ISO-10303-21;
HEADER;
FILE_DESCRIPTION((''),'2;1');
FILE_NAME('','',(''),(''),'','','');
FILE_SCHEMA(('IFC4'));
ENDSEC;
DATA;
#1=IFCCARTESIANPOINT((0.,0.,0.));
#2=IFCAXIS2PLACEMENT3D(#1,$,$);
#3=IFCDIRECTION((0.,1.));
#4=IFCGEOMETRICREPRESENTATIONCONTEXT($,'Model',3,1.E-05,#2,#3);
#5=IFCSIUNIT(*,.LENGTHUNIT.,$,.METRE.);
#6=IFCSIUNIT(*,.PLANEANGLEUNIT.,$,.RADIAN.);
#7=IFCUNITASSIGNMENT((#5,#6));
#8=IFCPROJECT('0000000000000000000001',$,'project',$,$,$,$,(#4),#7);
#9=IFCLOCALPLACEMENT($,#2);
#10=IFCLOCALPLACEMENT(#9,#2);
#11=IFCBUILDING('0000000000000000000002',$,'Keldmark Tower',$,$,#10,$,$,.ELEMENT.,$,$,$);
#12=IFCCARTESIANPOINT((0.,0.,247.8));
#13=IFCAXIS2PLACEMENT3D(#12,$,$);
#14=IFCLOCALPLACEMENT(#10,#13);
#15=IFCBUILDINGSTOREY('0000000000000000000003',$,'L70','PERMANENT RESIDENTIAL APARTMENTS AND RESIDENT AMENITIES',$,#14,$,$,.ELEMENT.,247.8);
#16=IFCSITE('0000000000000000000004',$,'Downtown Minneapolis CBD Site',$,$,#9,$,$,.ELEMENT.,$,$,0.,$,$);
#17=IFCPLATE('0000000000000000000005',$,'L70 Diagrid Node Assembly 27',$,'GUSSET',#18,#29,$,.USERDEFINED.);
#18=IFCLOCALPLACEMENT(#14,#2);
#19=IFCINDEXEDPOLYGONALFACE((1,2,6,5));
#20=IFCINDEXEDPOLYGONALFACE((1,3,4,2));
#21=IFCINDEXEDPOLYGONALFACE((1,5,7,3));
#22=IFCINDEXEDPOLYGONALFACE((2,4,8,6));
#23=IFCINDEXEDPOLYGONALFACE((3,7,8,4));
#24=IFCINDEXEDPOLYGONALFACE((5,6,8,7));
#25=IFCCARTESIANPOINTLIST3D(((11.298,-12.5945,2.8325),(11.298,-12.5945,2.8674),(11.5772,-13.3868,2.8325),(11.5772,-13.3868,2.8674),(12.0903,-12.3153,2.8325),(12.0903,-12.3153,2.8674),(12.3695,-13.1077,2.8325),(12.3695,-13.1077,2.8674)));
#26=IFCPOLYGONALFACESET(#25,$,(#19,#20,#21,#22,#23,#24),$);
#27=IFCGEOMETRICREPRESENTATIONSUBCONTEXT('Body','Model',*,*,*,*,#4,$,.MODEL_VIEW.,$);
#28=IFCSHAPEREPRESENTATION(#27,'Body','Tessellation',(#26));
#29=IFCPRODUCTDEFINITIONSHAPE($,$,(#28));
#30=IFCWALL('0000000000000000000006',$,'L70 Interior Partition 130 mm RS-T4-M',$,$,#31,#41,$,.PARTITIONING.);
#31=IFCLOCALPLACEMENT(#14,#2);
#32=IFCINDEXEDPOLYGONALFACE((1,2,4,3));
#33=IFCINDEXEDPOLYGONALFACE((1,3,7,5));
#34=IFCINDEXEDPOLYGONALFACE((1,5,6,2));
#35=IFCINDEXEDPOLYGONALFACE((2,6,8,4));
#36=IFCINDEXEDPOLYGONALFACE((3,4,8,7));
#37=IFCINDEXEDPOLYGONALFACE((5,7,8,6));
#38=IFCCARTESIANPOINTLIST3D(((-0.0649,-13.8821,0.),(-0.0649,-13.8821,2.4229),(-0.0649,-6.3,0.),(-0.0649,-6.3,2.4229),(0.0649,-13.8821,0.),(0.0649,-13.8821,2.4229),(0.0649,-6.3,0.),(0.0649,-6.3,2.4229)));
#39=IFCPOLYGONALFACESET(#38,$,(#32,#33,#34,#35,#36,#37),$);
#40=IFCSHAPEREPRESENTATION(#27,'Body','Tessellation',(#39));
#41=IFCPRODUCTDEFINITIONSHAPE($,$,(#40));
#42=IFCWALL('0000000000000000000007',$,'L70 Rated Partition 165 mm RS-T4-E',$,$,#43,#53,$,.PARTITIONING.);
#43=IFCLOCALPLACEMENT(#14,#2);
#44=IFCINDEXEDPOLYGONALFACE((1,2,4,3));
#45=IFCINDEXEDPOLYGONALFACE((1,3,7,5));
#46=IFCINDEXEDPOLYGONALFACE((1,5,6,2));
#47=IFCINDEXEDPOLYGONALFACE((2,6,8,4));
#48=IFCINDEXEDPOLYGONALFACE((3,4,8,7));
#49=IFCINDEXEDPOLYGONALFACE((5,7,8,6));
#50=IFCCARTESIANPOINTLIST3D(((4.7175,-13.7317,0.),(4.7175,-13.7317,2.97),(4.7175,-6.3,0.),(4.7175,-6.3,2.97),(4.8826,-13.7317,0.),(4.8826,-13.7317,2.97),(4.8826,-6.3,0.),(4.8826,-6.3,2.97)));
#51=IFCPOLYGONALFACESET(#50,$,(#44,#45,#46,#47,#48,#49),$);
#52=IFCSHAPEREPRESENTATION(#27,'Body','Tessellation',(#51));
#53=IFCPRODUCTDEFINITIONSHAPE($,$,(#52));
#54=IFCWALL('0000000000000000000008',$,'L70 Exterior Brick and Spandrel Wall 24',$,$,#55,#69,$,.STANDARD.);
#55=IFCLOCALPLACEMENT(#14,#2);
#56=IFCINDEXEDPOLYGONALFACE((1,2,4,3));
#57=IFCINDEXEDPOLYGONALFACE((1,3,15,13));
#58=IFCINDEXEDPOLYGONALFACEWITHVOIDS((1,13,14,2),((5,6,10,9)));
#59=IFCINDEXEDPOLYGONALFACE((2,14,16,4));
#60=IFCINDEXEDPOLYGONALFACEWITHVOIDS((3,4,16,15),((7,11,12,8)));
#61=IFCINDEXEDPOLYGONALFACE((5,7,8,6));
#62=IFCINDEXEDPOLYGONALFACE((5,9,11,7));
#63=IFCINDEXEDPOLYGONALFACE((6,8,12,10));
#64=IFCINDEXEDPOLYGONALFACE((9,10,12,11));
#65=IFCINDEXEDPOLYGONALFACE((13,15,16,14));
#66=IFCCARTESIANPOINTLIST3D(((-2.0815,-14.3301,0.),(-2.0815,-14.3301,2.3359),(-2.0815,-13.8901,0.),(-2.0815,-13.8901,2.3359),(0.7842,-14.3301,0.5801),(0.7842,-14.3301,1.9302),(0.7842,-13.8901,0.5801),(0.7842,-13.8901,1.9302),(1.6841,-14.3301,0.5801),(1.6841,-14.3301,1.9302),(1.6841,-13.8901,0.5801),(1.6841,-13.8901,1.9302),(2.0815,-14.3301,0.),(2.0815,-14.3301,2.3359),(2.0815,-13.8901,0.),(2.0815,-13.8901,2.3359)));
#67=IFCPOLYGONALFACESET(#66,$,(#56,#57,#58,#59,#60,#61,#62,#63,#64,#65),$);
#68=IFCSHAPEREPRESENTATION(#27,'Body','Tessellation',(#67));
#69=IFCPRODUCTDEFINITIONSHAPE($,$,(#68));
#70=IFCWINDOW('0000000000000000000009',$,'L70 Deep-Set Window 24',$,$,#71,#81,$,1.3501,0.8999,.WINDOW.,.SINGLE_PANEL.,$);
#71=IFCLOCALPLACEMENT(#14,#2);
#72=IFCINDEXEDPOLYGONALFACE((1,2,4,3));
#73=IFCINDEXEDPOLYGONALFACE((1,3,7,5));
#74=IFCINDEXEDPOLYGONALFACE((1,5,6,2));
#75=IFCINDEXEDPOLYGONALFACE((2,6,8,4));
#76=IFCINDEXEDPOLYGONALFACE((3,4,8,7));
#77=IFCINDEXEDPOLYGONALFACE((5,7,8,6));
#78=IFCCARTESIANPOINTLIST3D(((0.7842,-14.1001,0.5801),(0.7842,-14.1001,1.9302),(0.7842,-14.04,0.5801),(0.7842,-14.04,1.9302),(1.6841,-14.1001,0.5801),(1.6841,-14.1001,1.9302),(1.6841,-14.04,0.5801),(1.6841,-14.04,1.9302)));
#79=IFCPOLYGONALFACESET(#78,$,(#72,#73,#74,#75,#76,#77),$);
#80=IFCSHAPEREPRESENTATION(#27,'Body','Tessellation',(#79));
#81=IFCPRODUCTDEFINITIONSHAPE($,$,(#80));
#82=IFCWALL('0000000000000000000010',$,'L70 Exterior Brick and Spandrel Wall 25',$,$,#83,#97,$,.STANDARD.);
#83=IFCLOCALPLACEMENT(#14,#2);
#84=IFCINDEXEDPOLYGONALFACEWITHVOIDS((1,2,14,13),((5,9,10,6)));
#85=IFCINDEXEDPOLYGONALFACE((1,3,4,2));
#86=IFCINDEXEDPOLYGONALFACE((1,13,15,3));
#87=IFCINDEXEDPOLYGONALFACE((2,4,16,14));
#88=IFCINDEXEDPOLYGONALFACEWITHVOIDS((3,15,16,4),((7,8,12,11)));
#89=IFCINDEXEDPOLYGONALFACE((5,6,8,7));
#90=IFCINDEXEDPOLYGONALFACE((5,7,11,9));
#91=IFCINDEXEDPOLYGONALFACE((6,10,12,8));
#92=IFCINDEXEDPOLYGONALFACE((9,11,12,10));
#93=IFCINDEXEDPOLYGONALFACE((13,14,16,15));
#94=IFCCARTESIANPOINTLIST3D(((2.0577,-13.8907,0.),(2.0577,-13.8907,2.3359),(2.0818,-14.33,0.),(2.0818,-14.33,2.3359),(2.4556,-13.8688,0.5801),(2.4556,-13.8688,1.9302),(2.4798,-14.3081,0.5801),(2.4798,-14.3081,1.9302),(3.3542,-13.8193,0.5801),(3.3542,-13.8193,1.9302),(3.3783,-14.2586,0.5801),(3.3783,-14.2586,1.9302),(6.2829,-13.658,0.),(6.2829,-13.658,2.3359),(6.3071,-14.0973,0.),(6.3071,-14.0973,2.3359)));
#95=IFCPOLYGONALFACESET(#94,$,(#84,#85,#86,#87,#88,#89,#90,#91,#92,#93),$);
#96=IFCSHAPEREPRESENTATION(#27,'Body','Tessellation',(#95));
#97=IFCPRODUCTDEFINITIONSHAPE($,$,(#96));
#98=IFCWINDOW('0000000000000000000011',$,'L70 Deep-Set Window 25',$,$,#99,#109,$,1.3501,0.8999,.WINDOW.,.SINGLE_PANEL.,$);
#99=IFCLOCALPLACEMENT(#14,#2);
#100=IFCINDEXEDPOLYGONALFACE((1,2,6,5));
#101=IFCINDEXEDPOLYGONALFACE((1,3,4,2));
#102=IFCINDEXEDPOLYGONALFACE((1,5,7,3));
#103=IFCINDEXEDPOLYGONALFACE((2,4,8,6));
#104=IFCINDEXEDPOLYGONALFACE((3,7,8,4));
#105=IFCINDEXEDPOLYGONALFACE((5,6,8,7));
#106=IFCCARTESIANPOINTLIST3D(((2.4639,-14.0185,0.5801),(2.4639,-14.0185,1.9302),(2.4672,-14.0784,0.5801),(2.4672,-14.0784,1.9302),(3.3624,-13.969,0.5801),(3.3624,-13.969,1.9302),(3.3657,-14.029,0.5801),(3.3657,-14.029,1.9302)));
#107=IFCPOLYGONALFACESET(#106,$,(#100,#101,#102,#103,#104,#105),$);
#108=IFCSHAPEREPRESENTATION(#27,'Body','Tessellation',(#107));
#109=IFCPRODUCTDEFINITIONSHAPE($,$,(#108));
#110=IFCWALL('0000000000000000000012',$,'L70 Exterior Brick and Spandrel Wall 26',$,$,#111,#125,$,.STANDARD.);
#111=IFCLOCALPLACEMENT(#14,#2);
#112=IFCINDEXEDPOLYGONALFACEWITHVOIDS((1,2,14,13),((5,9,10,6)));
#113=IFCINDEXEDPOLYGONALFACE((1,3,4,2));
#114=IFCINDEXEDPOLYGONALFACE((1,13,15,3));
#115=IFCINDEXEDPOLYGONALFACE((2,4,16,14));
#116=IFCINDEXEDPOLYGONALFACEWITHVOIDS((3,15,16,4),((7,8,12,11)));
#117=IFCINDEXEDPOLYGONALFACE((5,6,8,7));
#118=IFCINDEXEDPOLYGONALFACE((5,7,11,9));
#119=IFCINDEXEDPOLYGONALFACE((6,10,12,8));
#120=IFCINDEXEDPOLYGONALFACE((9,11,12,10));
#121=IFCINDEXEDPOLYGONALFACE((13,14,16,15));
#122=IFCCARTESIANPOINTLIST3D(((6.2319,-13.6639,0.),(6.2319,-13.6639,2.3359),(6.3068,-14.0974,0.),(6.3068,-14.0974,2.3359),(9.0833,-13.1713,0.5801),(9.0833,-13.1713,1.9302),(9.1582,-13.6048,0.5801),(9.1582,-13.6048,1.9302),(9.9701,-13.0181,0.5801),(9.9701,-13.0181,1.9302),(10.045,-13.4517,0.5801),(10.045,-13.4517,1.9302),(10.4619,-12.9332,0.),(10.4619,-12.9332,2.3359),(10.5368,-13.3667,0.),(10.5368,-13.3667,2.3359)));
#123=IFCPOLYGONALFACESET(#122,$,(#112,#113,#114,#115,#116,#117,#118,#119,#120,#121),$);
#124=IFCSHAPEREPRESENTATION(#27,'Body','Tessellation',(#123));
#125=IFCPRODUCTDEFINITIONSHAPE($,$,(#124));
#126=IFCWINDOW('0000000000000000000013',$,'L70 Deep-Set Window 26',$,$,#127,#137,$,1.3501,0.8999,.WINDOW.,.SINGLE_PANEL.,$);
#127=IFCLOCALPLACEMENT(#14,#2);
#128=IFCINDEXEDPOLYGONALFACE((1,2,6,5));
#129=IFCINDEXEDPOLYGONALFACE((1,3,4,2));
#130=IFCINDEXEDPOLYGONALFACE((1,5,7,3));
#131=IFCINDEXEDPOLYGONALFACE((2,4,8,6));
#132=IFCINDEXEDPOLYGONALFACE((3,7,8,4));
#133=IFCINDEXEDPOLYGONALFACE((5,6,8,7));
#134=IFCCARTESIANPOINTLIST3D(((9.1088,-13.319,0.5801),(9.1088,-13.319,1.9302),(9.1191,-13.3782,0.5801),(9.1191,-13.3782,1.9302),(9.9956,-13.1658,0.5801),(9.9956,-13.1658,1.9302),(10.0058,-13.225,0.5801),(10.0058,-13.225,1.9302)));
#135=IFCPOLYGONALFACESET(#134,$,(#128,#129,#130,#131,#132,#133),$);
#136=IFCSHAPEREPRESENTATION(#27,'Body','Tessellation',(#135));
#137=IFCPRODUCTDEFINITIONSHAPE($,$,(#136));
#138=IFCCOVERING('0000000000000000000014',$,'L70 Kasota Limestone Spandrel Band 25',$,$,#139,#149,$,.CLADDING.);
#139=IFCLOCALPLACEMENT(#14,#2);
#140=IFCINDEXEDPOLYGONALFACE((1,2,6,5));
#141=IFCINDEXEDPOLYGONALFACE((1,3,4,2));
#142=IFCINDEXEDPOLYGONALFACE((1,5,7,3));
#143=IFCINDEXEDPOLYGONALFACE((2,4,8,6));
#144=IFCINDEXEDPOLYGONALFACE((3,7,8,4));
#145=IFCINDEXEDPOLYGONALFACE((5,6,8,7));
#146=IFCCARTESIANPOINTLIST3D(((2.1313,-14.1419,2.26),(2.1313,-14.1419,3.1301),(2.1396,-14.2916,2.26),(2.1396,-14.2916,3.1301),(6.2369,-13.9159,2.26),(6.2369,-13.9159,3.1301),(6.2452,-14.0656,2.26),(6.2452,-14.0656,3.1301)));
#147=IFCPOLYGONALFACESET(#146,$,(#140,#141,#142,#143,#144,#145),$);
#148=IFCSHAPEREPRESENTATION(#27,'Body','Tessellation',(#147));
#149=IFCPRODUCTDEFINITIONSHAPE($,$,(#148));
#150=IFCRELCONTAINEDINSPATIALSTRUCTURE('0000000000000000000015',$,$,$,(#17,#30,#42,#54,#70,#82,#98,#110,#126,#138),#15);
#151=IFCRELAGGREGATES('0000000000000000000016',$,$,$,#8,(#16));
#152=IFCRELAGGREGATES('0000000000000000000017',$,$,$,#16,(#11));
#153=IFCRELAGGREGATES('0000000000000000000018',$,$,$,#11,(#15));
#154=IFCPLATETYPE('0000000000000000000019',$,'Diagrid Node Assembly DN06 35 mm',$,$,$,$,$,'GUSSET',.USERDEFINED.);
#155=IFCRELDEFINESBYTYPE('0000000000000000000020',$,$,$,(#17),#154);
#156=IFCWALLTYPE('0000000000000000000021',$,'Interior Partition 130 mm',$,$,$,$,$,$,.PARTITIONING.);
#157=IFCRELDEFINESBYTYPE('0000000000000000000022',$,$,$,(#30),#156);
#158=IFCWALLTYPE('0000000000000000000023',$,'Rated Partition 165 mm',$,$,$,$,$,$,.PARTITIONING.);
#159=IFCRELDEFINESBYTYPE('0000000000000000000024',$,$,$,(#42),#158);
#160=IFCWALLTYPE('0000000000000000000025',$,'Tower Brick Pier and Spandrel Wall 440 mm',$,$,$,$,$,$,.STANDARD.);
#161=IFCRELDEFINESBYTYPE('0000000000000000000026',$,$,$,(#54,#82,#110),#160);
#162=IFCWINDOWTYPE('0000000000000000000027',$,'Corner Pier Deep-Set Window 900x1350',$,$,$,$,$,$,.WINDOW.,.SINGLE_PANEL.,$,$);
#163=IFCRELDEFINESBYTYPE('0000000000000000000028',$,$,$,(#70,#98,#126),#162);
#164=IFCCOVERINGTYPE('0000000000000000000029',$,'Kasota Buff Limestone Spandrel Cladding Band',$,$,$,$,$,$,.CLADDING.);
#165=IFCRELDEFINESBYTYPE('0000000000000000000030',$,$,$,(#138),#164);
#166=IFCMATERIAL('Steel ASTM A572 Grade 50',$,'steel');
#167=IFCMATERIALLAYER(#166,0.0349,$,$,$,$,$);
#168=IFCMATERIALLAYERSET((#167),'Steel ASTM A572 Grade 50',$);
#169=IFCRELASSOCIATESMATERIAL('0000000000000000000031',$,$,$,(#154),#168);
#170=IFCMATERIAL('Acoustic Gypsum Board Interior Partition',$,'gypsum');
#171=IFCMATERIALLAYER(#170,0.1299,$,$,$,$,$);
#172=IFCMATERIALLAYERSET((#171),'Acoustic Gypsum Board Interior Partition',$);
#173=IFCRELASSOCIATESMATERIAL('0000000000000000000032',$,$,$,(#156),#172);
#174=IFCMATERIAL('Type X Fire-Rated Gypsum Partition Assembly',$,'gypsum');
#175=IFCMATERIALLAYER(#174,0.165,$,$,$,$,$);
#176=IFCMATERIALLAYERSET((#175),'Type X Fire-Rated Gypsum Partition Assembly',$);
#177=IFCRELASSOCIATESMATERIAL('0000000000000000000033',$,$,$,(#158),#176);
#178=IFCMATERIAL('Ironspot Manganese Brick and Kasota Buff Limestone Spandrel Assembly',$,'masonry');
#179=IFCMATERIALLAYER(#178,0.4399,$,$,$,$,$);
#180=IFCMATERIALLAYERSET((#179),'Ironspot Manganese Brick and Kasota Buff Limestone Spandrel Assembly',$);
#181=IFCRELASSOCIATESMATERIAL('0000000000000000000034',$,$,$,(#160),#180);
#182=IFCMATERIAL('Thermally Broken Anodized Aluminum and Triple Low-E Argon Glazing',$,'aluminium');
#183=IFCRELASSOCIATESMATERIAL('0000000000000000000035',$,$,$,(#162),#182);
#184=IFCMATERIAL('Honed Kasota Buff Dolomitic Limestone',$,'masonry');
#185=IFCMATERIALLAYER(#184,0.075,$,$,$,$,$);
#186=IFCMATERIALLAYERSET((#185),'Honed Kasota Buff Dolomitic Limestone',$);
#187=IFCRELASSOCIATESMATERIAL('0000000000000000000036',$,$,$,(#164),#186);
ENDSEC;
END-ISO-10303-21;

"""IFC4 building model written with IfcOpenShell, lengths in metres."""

from ifc_helpers import new_model, si_unit, direction, frame, frame_2d, origin, origin_2d, place, context, subcontext, project, spatial, rectangle, extrude, material, layer, layer_set, type_object, element, fill, save


model = new_model("IFC4")

# Units and contexts
model_context = context("Model", 3, precision=1e-05, world=origin(), true_north=direction((0.0, 1.0)))
body_context = subcontext(model_context, "Body", "Model", "MODEL_VIEW")
ifc_project = project(units=[si_unit("LENGTHUNIT", "METRE"), si_unit("PLANEANGLEUNIT", "RADIAN")], contexts=[model_context])

# Site, building, storey
site_placement = place(None, origin())
site = spatial("IfcSite", under=ifc_project, at=site_placement, Name="Downtown Minneapolis CBD Site", CompositionType="ELEMENT", RefElevation=0.0)
building_placement = place(site_placement, origin())
building = spatial("IfcBuilding", under=site, at=building_placement, Name="Keldmark Tower", CompositionType="ELEMENT")
storey_placement = place(building_placement, frame((0.0, 0.0, 247.8)))
storey = spatial("IfcBuildingStorey", under=building, at=storey_placement, Name="L70", Description="PERMANENT RESIDENTIAL APARTMENTS AND RESIDENT AMENITIES", CompositionType="ELEMENT", Elevation=247.8)

# Plate
ifc_material_1 = material(Name="Steel ASTM A572 Grade 50", Category="steel")
ifc_layer_1 = layer(ifc_material_1, 0.0349)
ifc_layer_set_1 = layer_set([ifc_layer_1], Name="Steel ASTM A572 Grade 50")
plate_type = type_object("IfcPlateType", Name="Diagrid Node Assembly DN06 35 mm", ElementType="GUSSET", PredefinedType="USERDEFINED", material=ifc_layer_set_1)
for number, where, z_axis, x_axis, name in (
    (1, (11.8337, -12.8511, 2.8325), (0.0, 0.0, 1.0), (0.943165, 0.332326, 0.0), "L70 Diagrid Node Assembly 27"),
):
    element("IfcPlate", number, at=place(storey_placement, frame(where, z_axis=z_axis, x_axis=x_axis)), inside=storey, type_object=plate_type, Name=name, ObjectType="GUSSET", PredefinedType="USERDEFINED", context=body_context, shape_type="SweptSolid", body=[
        extrude(rectangle(XDim=0.8401, YDim=0.8401, at=origin_2d()), origin(), (0.0, 0.0, 1.0), 0.0349),
    ])

# Walls
ifc_material_2 = material(Name="Acoustic Gypsum Board Interior Partition", Category="gypsum")
ifc_layer_2 = layer(ifc_material_2, 0.1299)
ifc_layer_set_2 = layer_set([ifc_layer_2], Name="Acoustic Gypsum Board Interior Partition")
wall_type_1 = type_object("IfcWallType", Name="Interior Partition 130 mm", PredefinedType="PARTITIONING", material=ifc_layer_set_2)
wall_1_placement = place(storey_placement, frame((0.0, -13.8821, 0.0), z_axis=(0.0, 0.0, 1.0), x_axis=(0.0, 1.0, 0.0)))
element("IfcWall", 2, at=wall_1_placement, inside=storey, type_object=wall_type_1, Name="L70 Interior Partition 130 mm RS-T4-M", PredefinedType="PARTITIONING", context=body_context, shape_type="SweptSolid", body=[
    extrude(rectangle(XDim=7.582, YDim=0.1299, at=frame_2d((3.791, 0.0))), origin(), (0.0, 0.0, 1.0), 2.4229),
])
ifc_material_3 = material(Name="Type X Fire-Rated Gypsum Partition Assembly", Category="gypsum")
ifc_layer_3 = layer(ifc_material_3, 0.165)
ifc_layer_set_3 = layer_set([ifc_layer_3], Name="Type X Fire-Rated Gypsum Partition Assembly")
wall_type_2 = type_object("IfcWallType", Name="Rated Partition 165 mm", PredefinedType="PARTITIONING", material=ifc_layer_set_3)
wall_2_placement = place(storey_placement, frame((4.8, -13.7317, 0.0), z_axis=(0.0, 0.0, 1.0), x_axis=(0.0, 1.0, 0.0)))
element("IfcWall", 3, at=wall_2_placement, inside=storey, type_object=wall_type_2, Name="L70 Rated Partition 165 mm RS-T4-E", PredefinedType="PARTITIONING", context=body_context, shape_type="SweptSolid", body=[
    extrude(rectangle(XDim=7.4316, YDim=0.165, at=frame_2d((3.7158, 0.0))), origin(), (0.0, 0.0, 1.0), 2.97),
])

# Walls, openings, windows
ifc_material_4 = material(Name="Ironspot Manganese Brick and Kasota Buff Limestone Spandrel Assembly", Category="masonry")
ifc_layer_4 = layer(ifc_material_4, 0.4399)
ifc_layer_set_4 = layer_set([ifc_layer_4], Name="Ironspot Manganese Brick and Kasota Buff Limestone Spandrel Assembly")
wall_type_3 = type_object("IfcWallType", Name="Tower Brick Pier and Spandrel Wall 440 mm", PredefinedType="STANDARD", material=ifc_layer_set_4)
wall_3_placement = place(storey_placement, frame((2.0815, -14.1101, 0.0), z_axis=(0.0, 0.0, 1.0), x_axis=(-1.0, 0.0, 0.0)))
wall_3 = element("IfcWall", 4, at=wall_3_placement, inside=storey, type_object=wall_type_3, Name="L70 Exterior Brick and Spandrel Wall 24", PredefinedType="STANDARD", context=body_context, shape_type="SweptSolid", body=[
    extrude(rectangle(XDim=4.1631, YDim=0.4399, at=frame_2d((2.0815, 0.0))), origin(), (0.0, 0.0, 1.0), 2.3359),
])
opening_1_placement = place(wall_3_placement, frame((0.3975, 0.0, 0.5801)))
opening_1 = element("IfcOpeningElement", 5, at=opening_1_placement, cuts=wall_3, PredefinedType="OPENING", context=body_context, shape_type="SweptSolid", body=[
    extrude(rectangle(XDim=0.8999, YDim=1.3501, at=frame_2d((0.45, 0.675))), frame((0.0, 0.23, 0.0), z_axis=(0.0, -1.0, 0.0), x_axis=(1.0, 0.0, 0.0)), (0.0, 0.0, 1.0), 0.46),
])
ifc_material_5 = material(Name="Thermally Broken Anodized Aluminum and Triple Low-E Argon Glazing", Category="aluminium")
window_type = type_object("IfcWindowType", Name="Corner Pier Deep-Set Window 900x1350", PartitioningType="SINGLE_PANEL", PredefinedType="WINDOW", material=ifc_material_5)
window_1_placement = place(opening_1_placement, origin())
window_1 = element("IfcWindow", 6, at=window_1_placement, inside=storey, type_object=window_type, Name="L70 Deep-Set Window 24", OverallHeight=1.3501, OverallWidth=0.8999, PartitioningType="SINGLE_PANEL", PredefinedType="WINDOW", context=body_context, shape_type="SweptSolid", body=[
    extrude(rectangle(XDim=0.8999, YDim=1.3501, at=frame_2d((0.45, 0.675))), frame((0.0, -0.01, 0.0), z_axis=(0.0, -1.0, 0.0), x_axis=(1.0, 0.0, 0.0)), (0.0, 0.0, 1.0), 0.0601),
])
fill(opening_1, window_1)
wall_4_placement = place(storey_placement, frame((6.2949, -13.8777, 0.0), z_axis=(0.0, 0.0, 1.0), x_axis=(-0.998487, -0.054981, 0.0)))
wall_4 = element("IfcWall", 7, at=wall_4_placement, inside=storey, type_object=wall_type_3, Name="L70 Exterior Brick and Spandrel Wall 25", PredefinedType="STANDARD", context=body_context, shape_type="SweptSolid", body=[
    extrude(rectangle(XDim=4.2317, YDim=0.4399, at=frame_2d((2.1157, 0.0))), origin(), (0.0, 0.0, 1.0), 2.3359),
])
opening_2_placement = place(wall_4_placement, frame((2.9331, 0.0, 0.5801)))
opening_2 = element("IfcOpeningElement", 8, at=opening_2_placement, cuts=wall_4, PredefinedType="OPENING", context=body_context, shape_type="SweptSolid", body=[
    extrude(rectangle(XDim=0.8999, YDim=1.3501, at=frame_2d((0.45, 0.675))), frame((0.0, 0.23, 0.0), z_axis=(0.0, -1.0, 0.0), x_axis=(1.0, 0.0, 0.0)), (0.0, 0.0, 1.0), 0.46),
])
window_2_placement = place(opening_2_placement, origin())
window_2 = element("IfcWindow", 9, at=window_2_placement, inside=storey, type_object=window_type, Name="L70 Deep-Set Window 25", OverallHeight=1.3501, OverallWidth=0.8999, PartitioningType="SINGLE_PANEL", PredefinedType="WINDOW", context=body_context, shape_type="SweptSolid", body=[
    extrude(rectangle(XDim=0.8999, YDim=1.3501, at=frame_2d((0.45, 0.675))), frame((0.0, -0.01, 0.0), z_axis=(0.0, -1.0, 0.0), x_axis=(1.0, 0.0, 0.0)), (0.0, 0.0, 1.0), 0.0601),
])
fill(opening_2, window_2)
wall_5_placement = place(storey_placement, frame((10.4995, -13.1499, 0.0), z_axis=(0.0, 0.0, 1.0), x_axis=(-0.985405, -0.170225, 0.0)))
wall_5 = element("IfcWall", 10, at=wall_5_placement, inside=storey, type_object=wall_type_3, Name="L70 Exterior Brick and Spandrel Wall 26", PredefinedType="STANDARD", context=body_context, shape_type="SweptSolid", body=[
    extrude(rectangle(XDim=4.2927, YDim=0.4399, at=frame_2d((2.1465, 0.0))), origin(), (0.0, 0.0, 1.0), 2.3359),
])
opening_3_placement = place(wall_5_placement, frame((0.4993, 0.0, 0.5801)))
opening_3 = element("IfcOpeningElement", 11, at=opening_3_placement, cuts=wall_5, PredefinedType="OPENING", context=body_context, shape_type="SweptSolid", body=[
    extrude(rectangle(XDim=0.8999, YDim=1.3501, at=frame_2d((0.45, 0.675))), frame((0.0, 0.23, 0.0), z_axis=(0.0, -1.0, 0.0), x_axis=(1.0, 0.0, 0.0)), (0.0, 0.0, 1.0), 0.46),
])
window_3_placement = place(opening_3_placement, origin())
window_3 = element("IfcWindow", 12, at=window_3_placement, inside=storey, type_object=window_type, Name="L70 Deep-Set Window 26", OverallHeight=1.3501, OverallWidth=0.8999, PartitioningType="SINGLE_PANEL", PredefinedType="WINDOW", context=body_context, shape_type="SweptSolid", body=[
    extrude(rectangle(XDim=0.8999, YDim=1.3501, at=frame_2d((0.45, 0.675))), frame((0.0, -0.01, 0.0), z_axis=(0.0, -1.0, 0.0), x_axis=(1.0, 0.0, 0.0)), (0.0, 0.0, 1.0), 0.0601),
])
fill(opening_3, window_3)

# Covering
ifc_material_6 = material(Name="Honed Kasota Buff Dolomitic Limestone", Category="masonry")
ifc_layer_5 = layer(ifc_material_6, 0.075)
ifc_layer_set_5 = layer_set([ifc_layer_5], Name="Honed Kasota Buff Dolomitic Limestone")
covering_type = type_object("IfcCoveringType", Name="Kasota Buff Limestone Spandrel Cladding Band", PredefinedType="CLADDING", material=ifc_layer_set_5)
covering_placement = place(storey_placement, frame((4.1882, -14.1038, 2.26), z_axis=(0.0, 0.0, 1.0), x_axis=(0.998488, 0.054968, 0.0)))
element("IfcCovering", 13, at=covering_placement, inside=storey, type_object=covering_type, Name="L70 Kasota Limestone Spandrel Band 25", PredefinedType="CLADDING", context=body_context, shape_type="SweptSolid", body=[
    extrude(rectangle(XDim=4.1118, YDim=0.1499, at=origin_2d()), origin(), (0.0, 0.0, 1.0), 0.8701),
])

save(model, "model.ifc")
